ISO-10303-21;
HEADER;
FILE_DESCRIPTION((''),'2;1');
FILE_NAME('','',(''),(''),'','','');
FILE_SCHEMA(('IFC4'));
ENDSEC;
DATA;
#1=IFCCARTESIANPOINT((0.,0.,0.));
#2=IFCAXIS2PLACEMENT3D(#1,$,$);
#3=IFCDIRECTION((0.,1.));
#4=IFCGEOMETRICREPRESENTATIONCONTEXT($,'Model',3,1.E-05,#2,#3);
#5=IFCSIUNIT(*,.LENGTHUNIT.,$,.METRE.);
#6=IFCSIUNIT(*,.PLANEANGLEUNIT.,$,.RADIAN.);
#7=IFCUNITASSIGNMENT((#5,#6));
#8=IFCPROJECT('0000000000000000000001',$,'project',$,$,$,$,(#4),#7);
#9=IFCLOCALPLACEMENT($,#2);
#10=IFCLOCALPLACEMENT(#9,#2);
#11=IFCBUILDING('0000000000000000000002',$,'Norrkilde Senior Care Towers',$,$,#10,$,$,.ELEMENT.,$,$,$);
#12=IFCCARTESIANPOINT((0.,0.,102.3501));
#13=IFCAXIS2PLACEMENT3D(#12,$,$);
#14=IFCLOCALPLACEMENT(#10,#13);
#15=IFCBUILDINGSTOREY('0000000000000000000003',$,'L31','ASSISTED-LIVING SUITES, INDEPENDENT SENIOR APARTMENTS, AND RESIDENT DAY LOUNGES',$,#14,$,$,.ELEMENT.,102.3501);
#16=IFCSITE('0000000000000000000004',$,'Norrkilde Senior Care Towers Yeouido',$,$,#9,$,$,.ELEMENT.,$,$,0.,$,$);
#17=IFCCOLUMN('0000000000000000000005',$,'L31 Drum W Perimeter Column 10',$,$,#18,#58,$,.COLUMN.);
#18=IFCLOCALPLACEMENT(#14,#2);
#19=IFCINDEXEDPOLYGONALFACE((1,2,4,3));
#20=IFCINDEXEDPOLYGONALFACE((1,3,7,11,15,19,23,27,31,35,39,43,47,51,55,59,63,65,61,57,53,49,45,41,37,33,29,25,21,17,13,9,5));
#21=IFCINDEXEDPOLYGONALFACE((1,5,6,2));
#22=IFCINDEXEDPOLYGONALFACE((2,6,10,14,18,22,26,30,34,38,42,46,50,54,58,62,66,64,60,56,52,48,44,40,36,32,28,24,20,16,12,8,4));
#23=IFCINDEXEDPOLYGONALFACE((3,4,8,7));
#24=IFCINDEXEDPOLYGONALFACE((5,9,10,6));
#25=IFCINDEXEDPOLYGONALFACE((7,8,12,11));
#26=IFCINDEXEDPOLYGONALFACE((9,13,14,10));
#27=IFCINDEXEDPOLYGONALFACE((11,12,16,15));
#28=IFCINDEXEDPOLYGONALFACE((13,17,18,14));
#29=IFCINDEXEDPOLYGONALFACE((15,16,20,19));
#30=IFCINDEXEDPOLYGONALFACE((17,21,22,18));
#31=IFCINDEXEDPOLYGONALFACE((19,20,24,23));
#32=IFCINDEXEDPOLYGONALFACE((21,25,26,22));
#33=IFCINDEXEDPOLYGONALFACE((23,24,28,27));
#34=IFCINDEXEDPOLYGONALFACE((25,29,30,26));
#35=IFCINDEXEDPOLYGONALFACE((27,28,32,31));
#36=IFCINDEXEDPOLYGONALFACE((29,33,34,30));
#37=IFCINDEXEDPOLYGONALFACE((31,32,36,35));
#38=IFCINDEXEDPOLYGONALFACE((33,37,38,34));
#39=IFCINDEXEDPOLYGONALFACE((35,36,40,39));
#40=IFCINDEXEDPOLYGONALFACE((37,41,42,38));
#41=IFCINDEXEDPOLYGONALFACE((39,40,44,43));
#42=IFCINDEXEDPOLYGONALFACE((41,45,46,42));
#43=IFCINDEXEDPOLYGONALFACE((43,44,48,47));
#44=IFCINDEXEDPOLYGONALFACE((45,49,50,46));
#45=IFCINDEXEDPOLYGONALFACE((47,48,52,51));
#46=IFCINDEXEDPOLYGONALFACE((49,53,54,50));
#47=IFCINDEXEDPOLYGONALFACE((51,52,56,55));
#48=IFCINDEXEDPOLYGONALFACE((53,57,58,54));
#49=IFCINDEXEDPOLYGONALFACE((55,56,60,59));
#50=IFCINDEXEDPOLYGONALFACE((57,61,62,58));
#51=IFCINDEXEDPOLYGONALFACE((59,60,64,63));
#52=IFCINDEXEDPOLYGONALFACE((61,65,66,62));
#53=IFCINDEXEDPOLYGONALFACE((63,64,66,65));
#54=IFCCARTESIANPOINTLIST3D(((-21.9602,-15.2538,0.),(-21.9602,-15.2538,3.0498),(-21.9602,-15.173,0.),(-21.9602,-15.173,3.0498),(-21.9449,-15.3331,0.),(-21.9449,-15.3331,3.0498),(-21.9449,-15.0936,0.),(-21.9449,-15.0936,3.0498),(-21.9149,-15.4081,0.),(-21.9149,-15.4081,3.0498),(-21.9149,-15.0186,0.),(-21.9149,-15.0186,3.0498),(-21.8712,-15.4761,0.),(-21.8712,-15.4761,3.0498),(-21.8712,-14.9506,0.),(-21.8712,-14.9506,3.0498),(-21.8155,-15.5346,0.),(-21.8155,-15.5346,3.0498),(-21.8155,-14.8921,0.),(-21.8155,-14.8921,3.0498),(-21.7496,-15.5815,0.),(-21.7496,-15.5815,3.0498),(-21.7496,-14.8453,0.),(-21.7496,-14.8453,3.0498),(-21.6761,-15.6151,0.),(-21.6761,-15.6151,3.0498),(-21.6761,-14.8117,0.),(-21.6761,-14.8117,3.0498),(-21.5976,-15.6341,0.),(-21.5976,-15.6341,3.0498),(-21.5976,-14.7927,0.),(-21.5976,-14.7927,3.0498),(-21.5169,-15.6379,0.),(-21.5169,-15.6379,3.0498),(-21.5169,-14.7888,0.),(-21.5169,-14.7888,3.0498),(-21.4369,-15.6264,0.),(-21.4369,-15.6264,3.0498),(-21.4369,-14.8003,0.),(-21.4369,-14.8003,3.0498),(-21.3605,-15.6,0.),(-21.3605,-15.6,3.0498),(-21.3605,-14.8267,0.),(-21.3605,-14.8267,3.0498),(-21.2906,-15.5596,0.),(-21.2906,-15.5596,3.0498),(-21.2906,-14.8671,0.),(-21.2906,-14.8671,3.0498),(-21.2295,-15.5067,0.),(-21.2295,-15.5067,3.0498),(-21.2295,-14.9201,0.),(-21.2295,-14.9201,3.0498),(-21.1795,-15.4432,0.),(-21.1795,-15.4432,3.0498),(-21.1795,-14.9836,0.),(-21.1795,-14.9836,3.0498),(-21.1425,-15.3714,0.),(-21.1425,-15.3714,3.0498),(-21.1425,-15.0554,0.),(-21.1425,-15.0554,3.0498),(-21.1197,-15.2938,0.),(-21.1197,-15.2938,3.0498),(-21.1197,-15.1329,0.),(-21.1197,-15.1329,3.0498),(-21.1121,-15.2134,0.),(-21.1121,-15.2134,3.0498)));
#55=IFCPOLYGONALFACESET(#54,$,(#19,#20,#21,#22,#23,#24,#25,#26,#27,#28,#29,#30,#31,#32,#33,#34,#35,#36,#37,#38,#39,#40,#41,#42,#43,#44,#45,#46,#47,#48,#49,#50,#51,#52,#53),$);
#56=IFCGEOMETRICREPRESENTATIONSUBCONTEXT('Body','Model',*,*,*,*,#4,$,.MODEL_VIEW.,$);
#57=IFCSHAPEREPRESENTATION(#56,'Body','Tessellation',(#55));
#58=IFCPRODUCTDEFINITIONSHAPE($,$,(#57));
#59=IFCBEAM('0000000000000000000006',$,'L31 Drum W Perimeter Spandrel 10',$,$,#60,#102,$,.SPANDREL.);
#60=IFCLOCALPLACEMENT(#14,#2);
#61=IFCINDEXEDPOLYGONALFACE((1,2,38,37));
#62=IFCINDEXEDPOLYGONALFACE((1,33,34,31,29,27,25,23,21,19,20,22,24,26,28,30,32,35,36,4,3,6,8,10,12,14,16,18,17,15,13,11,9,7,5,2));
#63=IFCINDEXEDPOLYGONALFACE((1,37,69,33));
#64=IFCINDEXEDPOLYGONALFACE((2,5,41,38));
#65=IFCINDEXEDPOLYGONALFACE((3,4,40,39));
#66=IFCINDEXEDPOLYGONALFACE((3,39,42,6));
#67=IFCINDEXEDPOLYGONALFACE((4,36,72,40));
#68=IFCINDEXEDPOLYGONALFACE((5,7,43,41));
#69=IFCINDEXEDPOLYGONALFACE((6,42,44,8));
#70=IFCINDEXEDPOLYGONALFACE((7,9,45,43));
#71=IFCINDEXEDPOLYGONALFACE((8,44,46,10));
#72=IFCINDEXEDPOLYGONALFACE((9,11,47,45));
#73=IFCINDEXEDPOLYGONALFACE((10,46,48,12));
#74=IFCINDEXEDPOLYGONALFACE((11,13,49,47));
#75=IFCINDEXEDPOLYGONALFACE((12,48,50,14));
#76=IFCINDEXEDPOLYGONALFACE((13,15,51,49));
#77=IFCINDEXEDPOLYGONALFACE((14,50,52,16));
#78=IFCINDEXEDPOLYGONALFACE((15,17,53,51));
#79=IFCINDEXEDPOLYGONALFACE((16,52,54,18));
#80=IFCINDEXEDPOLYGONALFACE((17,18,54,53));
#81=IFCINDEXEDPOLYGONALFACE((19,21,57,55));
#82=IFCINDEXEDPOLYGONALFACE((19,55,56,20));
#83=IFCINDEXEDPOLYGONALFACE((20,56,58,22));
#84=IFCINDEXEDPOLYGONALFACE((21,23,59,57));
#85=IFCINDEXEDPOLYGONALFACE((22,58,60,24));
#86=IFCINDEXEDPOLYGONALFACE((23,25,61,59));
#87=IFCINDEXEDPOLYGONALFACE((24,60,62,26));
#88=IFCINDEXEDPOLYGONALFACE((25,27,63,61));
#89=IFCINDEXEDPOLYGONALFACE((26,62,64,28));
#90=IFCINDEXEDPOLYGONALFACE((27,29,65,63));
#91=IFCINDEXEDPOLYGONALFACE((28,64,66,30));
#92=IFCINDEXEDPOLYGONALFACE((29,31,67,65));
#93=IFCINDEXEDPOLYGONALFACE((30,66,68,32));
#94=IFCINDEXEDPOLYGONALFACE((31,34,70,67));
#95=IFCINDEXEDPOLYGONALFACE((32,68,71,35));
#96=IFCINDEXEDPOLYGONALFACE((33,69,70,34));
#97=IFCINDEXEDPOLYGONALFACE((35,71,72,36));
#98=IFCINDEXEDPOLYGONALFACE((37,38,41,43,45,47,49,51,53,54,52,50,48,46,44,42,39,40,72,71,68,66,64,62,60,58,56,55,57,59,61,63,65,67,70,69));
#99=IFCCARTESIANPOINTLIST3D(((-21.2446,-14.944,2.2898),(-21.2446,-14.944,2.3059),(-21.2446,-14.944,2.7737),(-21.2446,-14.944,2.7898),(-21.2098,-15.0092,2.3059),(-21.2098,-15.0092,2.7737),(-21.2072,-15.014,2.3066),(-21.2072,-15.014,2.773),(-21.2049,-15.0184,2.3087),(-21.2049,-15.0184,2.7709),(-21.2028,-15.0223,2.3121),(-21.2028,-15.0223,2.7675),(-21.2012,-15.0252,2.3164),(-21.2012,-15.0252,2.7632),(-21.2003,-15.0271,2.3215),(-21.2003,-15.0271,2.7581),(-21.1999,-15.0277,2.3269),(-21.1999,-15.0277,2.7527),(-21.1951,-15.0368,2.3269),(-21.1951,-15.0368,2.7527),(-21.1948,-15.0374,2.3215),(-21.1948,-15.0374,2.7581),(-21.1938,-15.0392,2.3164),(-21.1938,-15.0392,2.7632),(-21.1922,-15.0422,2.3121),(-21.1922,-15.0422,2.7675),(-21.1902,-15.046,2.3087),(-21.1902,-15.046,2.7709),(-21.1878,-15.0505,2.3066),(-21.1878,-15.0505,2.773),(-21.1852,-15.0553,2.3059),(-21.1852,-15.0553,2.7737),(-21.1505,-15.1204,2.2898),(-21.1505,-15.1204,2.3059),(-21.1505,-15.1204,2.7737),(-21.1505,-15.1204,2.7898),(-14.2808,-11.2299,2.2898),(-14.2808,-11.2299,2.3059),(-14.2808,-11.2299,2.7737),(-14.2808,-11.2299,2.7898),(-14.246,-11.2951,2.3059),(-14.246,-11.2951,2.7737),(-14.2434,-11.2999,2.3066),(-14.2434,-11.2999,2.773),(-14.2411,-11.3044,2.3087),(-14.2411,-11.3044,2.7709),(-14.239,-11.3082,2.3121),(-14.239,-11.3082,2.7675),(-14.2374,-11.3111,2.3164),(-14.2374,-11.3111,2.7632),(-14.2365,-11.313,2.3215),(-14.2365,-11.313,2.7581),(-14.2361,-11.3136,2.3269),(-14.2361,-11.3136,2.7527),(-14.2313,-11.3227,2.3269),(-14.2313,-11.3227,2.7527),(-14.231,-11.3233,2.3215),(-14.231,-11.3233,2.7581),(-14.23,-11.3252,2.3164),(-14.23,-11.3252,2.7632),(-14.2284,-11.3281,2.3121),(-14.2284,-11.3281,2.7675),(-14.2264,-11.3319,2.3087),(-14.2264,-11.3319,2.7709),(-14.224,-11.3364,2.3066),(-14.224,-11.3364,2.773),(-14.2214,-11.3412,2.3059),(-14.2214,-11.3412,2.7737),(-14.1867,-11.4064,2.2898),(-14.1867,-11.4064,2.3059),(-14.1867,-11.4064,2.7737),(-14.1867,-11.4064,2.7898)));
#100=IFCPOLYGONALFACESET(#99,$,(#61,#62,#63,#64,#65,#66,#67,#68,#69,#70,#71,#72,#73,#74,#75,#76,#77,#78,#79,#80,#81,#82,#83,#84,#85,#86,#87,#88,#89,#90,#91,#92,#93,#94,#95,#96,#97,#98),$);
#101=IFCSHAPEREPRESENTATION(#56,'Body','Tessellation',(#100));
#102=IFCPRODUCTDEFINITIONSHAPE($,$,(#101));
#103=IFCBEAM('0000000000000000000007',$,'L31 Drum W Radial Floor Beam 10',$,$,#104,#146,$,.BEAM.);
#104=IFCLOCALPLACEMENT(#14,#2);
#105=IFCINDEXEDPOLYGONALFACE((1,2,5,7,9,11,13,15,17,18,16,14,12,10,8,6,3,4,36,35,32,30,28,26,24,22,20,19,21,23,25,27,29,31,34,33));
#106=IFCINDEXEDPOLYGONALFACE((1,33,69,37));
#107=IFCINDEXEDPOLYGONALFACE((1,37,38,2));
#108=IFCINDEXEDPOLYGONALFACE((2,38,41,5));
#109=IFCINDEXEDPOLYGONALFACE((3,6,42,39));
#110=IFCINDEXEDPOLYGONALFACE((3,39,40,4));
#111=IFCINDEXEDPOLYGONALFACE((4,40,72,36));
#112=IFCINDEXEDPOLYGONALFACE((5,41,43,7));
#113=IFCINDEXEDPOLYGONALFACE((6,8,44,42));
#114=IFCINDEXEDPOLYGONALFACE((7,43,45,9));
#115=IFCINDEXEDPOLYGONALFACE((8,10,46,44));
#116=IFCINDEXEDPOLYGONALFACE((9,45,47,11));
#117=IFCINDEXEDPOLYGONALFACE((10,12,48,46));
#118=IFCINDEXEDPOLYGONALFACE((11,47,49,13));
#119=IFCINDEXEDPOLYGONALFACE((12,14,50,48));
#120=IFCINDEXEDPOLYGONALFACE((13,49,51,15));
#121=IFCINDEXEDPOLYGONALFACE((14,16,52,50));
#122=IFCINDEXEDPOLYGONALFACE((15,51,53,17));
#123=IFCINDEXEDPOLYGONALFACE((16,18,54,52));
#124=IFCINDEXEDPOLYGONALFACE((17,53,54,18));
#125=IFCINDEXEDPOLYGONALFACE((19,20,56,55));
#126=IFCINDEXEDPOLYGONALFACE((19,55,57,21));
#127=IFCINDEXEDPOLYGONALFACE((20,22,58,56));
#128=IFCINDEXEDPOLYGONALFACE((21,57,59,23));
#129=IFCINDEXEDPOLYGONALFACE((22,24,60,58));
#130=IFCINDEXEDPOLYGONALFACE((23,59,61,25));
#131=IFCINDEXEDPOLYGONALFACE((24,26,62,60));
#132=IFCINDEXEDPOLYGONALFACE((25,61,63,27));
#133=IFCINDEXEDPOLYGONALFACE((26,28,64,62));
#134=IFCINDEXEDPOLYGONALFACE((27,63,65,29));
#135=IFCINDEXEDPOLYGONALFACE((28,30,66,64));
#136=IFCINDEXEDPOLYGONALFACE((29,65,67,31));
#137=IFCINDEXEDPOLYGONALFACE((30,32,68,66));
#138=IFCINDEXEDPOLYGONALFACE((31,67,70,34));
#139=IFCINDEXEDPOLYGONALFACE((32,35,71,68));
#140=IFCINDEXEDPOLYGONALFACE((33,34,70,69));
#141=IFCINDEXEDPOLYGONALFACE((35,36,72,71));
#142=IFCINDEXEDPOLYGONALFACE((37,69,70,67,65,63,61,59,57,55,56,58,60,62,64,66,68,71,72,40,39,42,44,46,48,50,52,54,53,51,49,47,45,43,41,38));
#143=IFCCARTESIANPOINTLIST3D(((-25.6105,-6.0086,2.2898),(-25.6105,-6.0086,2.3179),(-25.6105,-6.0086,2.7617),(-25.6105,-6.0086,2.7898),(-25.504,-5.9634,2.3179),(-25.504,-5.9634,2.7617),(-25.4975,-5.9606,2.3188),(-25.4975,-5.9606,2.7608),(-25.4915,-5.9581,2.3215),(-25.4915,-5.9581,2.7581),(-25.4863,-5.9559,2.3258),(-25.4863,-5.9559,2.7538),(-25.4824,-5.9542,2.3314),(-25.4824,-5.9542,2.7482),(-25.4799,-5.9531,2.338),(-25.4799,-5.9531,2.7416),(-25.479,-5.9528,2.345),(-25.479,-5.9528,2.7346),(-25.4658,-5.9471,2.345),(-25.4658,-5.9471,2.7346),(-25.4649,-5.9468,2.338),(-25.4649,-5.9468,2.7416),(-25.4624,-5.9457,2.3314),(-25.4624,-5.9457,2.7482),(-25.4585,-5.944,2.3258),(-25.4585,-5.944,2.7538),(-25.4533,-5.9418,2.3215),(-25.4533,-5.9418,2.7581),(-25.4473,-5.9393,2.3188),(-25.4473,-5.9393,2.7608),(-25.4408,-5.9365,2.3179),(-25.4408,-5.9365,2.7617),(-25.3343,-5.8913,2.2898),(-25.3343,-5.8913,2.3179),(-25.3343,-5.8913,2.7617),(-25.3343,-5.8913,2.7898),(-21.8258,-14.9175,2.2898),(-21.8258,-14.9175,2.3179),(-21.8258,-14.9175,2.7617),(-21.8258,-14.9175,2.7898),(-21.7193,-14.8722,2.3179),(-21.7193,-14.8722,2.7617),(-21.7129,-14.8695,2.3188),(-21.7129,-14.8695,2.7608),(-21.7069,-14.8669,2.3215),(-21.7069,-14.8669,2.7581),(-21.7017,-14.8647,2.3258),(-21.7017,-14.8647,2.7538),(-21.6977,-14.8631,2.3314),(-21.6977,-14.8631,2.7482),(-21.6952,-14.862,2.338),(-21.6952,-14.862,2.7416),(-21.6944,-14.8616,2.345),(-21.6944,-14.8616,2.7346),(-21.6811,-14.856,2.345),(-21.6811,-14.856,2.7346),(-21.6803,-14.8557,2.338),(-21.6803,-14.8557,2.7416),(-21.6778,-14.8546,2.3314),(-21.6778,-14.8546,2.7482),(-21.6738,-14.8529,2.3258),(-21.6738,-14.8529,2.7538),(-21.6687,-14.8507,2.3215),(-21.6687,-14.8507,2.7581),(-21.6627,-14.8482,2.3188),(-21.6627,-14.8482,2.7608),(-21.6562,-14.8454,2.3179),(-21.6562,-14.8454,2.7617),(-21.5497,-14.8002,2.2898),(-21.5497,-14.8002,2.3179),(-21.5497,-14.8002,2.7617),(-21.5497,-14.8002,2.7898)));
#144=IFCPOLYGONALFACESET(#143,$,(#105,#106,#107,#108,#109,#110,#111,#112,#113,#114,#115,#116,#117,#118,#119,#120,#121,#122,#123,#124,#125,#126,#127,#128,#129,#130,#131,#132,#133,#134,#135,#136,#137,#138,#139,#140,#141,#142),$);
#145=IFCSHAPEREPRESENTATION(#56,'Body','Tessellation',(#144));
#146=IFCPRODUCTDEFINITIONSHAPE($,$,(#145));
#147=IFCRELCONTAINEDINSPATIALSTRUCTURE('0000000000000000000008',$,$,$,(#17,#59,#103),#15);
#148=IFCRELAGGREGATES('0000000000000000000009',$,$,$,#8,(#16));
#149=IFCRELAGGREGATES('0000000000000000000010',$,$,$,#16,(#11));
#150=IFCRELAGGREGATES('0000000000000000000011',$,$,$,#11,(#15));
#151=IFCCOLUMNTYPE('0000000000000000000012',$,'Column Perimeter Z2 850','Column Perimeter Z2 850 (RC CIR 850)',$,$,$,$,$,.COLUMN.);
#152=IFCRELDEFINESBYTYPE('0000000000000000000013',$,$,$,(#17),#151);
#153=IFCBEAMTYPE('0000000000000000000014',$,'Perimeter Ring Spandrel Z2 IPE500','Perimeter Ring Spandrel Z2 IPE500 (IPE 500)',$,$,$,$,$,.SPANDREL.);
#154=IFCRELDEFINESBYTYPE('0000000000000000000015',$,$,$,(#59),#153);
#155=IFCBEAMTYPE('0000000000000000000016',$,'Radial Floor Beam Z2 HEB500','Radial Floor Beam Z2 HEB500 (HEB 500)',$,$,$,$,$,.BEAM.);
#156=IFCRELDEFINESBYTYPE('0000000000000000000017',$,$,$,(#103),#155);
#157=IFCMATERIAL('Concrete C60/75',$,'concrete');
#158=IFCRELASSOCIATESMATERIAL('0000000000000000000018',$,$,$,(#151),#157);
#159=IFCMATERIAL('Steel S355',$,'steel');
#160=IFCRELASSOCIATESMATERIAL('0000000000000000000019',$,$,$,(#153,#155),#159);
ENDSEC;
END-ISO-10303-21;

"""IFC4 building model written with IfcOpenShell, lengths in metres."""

from ifc_helpers import new_model, si_unit, direction, frame, origin, origin_2d, place, context, subcontext, project, spatial, circle, i_section, extrude, source, transform, mapped, material, material_profile, profile_set, type_object, type_shapes, element, save


model = new_model("IFC4")

# Units and contexts
model_context = context("Model", 3, precision=1e-05, world=origin(), true_north=direction((0.0, 1.0)))
body_context = subcontext(model_context, "Body", "Model", "MODEL_VIEW")
ifc_project = project(units=[si_unit("LENGTHUNIT", "METRE"), si_unit("PLANEANGLEUNIT", "RADIAN")], contexts=[model_context])

# Site, building, storey
site_placement = place(None, origin())
site = spatial("IfcSite", under=ifc_project, at=site_placement, Name="Norrkilde Senior Care Towers Yeouido", CompositionType="ELEMENT", RefElevation=0.0)
building_placement = place(site_placement, origin())
building = spatial("IfcBuilding", under=site, at=building_placement, Name="Norrkilde Senior Care Towers", CompositionType="ELEMENT")
storey_placement = place(building_placement, frame((0.0, 0.0, 102.3501)))
storey = spatial("IfcBuildingStorey", under=building, at=storey_placement, Name="L31", Description="ASSISTED-LIVING SUITES, INDEPENDENT SENIOR APARTMENTS, AND RESIDENT DAY LOUNGES", CompositionType="ELEMENT", Elevation=102.3501)

# Column
ifc_material_1 = material(Name="Concrete C60/75", Category="concrete")
ifc_material_profile_1 = material_profile(ifc_material_1, circle(Radius=0.425, at=origin_2d()), Name="RC CIR 850")
ifc_profile_set_1 = profile_set([ifc_material_profile_1], Name="Concrete C60/75")
column_type = type_object("IfcColumnType", Name="Column Perimeter Z2 850", Description="Column Perimeter Z2 850 (RC CIR 850)", PredefinedType="COLUMN", material=ifc_profile_set_1)
shared_shape_1 = source(origin(), body_context, "Body", "SweptSolid", [
    extrude(circle(Radius=0.425, at=origin_2d()), origin(), (0.0, 0.0, 1.0), 3.0498),
])
type_shapes(column_type, [shared_shape_1])
column_placement = place(storey_placement, frame((-21.5371, -15.2134, 0.0), z_axis=(0.0, 0.0, 1.0), x_axis=(1.0, 0.0, 0.0)))
element("IfcColumn", 1, at=column_placement, inside=storey, type_object=column_type, Name="L31 Drum W Perimeter Column 10", PredefinedType="COLUMN", context=body_context, shape_type="MappedRepresentation", body=[
    mapped(shared_shape_1, transform((0.0, 0.0, 0.0), x_axis=(1.0, 0.0, 0.0), y_axis=(0.0, 1.0, 0.0), z_axis=(0.0, 0.0, 1.0), scale=1.0)),
])

# Beams
ifc_material_2 = material(Name="Steel S355", Category="steel")
ifc_material_profile_2 = material_profile(ifc_material_2, i_section(OverallWidth=0.2, OverallDepth=0.5, WebThickness=0.0103, FlangeThickness=0.0161, FilletRadius=0.021, at=origin_2d()), Name="IPE 500")
ifc_profile_set_2 = profile_set([ifc_material_profile_2], Name="Steel S355")
beam_type_1 = type_object("IfcBeamType", Name="Perimeter Ring Spandrel Z2 IPE500", Description="Perimeter Ring Spandrel Z2 IPE500 (IPE 500)", PredefinedType="SPANDREL", material=ifc_profile_set_2)
shared_shape_2 = source(origin(), body_context, "Body", "SweptSolid", [
    extrude(i_section(OverallWidth=0.2, OverallDepth=0.5, WebThickness=0.0103, FlangeThickness=0.0161, FilletRadius=0.021, at=origin_2d()), origin(), (0.0, 0.0, 1.0), 7.8923),
])
type_shapes(beam_type_1, [shared_shape_2])
beam_1_placement = place(storey_placement, frame((-21.1975, -15.0322, 2.5398), z_axis=(0.88235, 0.470593, 0.0), x_axis=(-0.470593, 0.88235, 0.0)))
element("IfcBeam", 2, at=beam_1_placement, inside=storey, type_object=beam_type_1, Name="L31 Drum W Perimeter Spandrel 10", PredefinedType="SPANDREL", context=body_context, shape_type="MappedRepresentation", body=[
    mapped(shared_shape_2, transform((0.0, 0.0, 0.0), x_axis=(1.0, 0.0, 0.0), y_axis=(0.0, 1.0, 0.0), z_axis=(0.0, 0.0, 1.0), scale=1.0)),
])
ifc_material_profile_3 = material_profile(ifc_material_2, i_section(OverallWidth=0.3, OverallDepth=0.5, WebThickness=0.0144, FlangeThickness=0.0281, FilletRadius=0.0271, at=origin_2d()), Name="HEB 500")
ifc_profile_set_3 = profile_set([ifc_material_profile_3], Name="Steel S355")
beam_type_2 = type_object("IfcBeamType", Name="Radial Floor Beam Z2 HEB500", Description="Radial Floor Beam Z2 HEB500 (HEB 500)", PredefinedType="BEAM", material=ifc_profile_set_3)
shared_shape_3 = source(origin(), body_context, "Body", "SweptSolid", [
    extrude(i_section(OverallWidth=0.3, OverallDepth=0.5, WebThickness=0.0144, FlangeThickness=0.0281, FilletRadius=0.0271, at=origin_2d()), origin(), (0.0, 0.0, 1.0), 9.6794),
])
beam_2_placement = place(storey_placement, frame((-25.4724, -5.95, 2.5398), z_axis=(0.390998, -0.920392, 0.0), x_axis=(0.920392, 0.390998, 0.0)))
element("IfcBeam", 3, at=beam_2_placement, inside=storey, type_object=beam_type_2, Name="L31 Drum W Radial Floor Beam 10", PredefinedType="BEAM", context=body_context, shape_type="MappedRepresentation", body=[
    mapped(shared_shape_3, transform((0.0, 0.0, 0.0), x_axis=(1.0, 0.0, 0.0), y_axis=(0.0, 1.0, 0.0), z_axis=(0.0, 0.0, 1.0), scale=1.0)),
])

save(model, "model.ifc")
